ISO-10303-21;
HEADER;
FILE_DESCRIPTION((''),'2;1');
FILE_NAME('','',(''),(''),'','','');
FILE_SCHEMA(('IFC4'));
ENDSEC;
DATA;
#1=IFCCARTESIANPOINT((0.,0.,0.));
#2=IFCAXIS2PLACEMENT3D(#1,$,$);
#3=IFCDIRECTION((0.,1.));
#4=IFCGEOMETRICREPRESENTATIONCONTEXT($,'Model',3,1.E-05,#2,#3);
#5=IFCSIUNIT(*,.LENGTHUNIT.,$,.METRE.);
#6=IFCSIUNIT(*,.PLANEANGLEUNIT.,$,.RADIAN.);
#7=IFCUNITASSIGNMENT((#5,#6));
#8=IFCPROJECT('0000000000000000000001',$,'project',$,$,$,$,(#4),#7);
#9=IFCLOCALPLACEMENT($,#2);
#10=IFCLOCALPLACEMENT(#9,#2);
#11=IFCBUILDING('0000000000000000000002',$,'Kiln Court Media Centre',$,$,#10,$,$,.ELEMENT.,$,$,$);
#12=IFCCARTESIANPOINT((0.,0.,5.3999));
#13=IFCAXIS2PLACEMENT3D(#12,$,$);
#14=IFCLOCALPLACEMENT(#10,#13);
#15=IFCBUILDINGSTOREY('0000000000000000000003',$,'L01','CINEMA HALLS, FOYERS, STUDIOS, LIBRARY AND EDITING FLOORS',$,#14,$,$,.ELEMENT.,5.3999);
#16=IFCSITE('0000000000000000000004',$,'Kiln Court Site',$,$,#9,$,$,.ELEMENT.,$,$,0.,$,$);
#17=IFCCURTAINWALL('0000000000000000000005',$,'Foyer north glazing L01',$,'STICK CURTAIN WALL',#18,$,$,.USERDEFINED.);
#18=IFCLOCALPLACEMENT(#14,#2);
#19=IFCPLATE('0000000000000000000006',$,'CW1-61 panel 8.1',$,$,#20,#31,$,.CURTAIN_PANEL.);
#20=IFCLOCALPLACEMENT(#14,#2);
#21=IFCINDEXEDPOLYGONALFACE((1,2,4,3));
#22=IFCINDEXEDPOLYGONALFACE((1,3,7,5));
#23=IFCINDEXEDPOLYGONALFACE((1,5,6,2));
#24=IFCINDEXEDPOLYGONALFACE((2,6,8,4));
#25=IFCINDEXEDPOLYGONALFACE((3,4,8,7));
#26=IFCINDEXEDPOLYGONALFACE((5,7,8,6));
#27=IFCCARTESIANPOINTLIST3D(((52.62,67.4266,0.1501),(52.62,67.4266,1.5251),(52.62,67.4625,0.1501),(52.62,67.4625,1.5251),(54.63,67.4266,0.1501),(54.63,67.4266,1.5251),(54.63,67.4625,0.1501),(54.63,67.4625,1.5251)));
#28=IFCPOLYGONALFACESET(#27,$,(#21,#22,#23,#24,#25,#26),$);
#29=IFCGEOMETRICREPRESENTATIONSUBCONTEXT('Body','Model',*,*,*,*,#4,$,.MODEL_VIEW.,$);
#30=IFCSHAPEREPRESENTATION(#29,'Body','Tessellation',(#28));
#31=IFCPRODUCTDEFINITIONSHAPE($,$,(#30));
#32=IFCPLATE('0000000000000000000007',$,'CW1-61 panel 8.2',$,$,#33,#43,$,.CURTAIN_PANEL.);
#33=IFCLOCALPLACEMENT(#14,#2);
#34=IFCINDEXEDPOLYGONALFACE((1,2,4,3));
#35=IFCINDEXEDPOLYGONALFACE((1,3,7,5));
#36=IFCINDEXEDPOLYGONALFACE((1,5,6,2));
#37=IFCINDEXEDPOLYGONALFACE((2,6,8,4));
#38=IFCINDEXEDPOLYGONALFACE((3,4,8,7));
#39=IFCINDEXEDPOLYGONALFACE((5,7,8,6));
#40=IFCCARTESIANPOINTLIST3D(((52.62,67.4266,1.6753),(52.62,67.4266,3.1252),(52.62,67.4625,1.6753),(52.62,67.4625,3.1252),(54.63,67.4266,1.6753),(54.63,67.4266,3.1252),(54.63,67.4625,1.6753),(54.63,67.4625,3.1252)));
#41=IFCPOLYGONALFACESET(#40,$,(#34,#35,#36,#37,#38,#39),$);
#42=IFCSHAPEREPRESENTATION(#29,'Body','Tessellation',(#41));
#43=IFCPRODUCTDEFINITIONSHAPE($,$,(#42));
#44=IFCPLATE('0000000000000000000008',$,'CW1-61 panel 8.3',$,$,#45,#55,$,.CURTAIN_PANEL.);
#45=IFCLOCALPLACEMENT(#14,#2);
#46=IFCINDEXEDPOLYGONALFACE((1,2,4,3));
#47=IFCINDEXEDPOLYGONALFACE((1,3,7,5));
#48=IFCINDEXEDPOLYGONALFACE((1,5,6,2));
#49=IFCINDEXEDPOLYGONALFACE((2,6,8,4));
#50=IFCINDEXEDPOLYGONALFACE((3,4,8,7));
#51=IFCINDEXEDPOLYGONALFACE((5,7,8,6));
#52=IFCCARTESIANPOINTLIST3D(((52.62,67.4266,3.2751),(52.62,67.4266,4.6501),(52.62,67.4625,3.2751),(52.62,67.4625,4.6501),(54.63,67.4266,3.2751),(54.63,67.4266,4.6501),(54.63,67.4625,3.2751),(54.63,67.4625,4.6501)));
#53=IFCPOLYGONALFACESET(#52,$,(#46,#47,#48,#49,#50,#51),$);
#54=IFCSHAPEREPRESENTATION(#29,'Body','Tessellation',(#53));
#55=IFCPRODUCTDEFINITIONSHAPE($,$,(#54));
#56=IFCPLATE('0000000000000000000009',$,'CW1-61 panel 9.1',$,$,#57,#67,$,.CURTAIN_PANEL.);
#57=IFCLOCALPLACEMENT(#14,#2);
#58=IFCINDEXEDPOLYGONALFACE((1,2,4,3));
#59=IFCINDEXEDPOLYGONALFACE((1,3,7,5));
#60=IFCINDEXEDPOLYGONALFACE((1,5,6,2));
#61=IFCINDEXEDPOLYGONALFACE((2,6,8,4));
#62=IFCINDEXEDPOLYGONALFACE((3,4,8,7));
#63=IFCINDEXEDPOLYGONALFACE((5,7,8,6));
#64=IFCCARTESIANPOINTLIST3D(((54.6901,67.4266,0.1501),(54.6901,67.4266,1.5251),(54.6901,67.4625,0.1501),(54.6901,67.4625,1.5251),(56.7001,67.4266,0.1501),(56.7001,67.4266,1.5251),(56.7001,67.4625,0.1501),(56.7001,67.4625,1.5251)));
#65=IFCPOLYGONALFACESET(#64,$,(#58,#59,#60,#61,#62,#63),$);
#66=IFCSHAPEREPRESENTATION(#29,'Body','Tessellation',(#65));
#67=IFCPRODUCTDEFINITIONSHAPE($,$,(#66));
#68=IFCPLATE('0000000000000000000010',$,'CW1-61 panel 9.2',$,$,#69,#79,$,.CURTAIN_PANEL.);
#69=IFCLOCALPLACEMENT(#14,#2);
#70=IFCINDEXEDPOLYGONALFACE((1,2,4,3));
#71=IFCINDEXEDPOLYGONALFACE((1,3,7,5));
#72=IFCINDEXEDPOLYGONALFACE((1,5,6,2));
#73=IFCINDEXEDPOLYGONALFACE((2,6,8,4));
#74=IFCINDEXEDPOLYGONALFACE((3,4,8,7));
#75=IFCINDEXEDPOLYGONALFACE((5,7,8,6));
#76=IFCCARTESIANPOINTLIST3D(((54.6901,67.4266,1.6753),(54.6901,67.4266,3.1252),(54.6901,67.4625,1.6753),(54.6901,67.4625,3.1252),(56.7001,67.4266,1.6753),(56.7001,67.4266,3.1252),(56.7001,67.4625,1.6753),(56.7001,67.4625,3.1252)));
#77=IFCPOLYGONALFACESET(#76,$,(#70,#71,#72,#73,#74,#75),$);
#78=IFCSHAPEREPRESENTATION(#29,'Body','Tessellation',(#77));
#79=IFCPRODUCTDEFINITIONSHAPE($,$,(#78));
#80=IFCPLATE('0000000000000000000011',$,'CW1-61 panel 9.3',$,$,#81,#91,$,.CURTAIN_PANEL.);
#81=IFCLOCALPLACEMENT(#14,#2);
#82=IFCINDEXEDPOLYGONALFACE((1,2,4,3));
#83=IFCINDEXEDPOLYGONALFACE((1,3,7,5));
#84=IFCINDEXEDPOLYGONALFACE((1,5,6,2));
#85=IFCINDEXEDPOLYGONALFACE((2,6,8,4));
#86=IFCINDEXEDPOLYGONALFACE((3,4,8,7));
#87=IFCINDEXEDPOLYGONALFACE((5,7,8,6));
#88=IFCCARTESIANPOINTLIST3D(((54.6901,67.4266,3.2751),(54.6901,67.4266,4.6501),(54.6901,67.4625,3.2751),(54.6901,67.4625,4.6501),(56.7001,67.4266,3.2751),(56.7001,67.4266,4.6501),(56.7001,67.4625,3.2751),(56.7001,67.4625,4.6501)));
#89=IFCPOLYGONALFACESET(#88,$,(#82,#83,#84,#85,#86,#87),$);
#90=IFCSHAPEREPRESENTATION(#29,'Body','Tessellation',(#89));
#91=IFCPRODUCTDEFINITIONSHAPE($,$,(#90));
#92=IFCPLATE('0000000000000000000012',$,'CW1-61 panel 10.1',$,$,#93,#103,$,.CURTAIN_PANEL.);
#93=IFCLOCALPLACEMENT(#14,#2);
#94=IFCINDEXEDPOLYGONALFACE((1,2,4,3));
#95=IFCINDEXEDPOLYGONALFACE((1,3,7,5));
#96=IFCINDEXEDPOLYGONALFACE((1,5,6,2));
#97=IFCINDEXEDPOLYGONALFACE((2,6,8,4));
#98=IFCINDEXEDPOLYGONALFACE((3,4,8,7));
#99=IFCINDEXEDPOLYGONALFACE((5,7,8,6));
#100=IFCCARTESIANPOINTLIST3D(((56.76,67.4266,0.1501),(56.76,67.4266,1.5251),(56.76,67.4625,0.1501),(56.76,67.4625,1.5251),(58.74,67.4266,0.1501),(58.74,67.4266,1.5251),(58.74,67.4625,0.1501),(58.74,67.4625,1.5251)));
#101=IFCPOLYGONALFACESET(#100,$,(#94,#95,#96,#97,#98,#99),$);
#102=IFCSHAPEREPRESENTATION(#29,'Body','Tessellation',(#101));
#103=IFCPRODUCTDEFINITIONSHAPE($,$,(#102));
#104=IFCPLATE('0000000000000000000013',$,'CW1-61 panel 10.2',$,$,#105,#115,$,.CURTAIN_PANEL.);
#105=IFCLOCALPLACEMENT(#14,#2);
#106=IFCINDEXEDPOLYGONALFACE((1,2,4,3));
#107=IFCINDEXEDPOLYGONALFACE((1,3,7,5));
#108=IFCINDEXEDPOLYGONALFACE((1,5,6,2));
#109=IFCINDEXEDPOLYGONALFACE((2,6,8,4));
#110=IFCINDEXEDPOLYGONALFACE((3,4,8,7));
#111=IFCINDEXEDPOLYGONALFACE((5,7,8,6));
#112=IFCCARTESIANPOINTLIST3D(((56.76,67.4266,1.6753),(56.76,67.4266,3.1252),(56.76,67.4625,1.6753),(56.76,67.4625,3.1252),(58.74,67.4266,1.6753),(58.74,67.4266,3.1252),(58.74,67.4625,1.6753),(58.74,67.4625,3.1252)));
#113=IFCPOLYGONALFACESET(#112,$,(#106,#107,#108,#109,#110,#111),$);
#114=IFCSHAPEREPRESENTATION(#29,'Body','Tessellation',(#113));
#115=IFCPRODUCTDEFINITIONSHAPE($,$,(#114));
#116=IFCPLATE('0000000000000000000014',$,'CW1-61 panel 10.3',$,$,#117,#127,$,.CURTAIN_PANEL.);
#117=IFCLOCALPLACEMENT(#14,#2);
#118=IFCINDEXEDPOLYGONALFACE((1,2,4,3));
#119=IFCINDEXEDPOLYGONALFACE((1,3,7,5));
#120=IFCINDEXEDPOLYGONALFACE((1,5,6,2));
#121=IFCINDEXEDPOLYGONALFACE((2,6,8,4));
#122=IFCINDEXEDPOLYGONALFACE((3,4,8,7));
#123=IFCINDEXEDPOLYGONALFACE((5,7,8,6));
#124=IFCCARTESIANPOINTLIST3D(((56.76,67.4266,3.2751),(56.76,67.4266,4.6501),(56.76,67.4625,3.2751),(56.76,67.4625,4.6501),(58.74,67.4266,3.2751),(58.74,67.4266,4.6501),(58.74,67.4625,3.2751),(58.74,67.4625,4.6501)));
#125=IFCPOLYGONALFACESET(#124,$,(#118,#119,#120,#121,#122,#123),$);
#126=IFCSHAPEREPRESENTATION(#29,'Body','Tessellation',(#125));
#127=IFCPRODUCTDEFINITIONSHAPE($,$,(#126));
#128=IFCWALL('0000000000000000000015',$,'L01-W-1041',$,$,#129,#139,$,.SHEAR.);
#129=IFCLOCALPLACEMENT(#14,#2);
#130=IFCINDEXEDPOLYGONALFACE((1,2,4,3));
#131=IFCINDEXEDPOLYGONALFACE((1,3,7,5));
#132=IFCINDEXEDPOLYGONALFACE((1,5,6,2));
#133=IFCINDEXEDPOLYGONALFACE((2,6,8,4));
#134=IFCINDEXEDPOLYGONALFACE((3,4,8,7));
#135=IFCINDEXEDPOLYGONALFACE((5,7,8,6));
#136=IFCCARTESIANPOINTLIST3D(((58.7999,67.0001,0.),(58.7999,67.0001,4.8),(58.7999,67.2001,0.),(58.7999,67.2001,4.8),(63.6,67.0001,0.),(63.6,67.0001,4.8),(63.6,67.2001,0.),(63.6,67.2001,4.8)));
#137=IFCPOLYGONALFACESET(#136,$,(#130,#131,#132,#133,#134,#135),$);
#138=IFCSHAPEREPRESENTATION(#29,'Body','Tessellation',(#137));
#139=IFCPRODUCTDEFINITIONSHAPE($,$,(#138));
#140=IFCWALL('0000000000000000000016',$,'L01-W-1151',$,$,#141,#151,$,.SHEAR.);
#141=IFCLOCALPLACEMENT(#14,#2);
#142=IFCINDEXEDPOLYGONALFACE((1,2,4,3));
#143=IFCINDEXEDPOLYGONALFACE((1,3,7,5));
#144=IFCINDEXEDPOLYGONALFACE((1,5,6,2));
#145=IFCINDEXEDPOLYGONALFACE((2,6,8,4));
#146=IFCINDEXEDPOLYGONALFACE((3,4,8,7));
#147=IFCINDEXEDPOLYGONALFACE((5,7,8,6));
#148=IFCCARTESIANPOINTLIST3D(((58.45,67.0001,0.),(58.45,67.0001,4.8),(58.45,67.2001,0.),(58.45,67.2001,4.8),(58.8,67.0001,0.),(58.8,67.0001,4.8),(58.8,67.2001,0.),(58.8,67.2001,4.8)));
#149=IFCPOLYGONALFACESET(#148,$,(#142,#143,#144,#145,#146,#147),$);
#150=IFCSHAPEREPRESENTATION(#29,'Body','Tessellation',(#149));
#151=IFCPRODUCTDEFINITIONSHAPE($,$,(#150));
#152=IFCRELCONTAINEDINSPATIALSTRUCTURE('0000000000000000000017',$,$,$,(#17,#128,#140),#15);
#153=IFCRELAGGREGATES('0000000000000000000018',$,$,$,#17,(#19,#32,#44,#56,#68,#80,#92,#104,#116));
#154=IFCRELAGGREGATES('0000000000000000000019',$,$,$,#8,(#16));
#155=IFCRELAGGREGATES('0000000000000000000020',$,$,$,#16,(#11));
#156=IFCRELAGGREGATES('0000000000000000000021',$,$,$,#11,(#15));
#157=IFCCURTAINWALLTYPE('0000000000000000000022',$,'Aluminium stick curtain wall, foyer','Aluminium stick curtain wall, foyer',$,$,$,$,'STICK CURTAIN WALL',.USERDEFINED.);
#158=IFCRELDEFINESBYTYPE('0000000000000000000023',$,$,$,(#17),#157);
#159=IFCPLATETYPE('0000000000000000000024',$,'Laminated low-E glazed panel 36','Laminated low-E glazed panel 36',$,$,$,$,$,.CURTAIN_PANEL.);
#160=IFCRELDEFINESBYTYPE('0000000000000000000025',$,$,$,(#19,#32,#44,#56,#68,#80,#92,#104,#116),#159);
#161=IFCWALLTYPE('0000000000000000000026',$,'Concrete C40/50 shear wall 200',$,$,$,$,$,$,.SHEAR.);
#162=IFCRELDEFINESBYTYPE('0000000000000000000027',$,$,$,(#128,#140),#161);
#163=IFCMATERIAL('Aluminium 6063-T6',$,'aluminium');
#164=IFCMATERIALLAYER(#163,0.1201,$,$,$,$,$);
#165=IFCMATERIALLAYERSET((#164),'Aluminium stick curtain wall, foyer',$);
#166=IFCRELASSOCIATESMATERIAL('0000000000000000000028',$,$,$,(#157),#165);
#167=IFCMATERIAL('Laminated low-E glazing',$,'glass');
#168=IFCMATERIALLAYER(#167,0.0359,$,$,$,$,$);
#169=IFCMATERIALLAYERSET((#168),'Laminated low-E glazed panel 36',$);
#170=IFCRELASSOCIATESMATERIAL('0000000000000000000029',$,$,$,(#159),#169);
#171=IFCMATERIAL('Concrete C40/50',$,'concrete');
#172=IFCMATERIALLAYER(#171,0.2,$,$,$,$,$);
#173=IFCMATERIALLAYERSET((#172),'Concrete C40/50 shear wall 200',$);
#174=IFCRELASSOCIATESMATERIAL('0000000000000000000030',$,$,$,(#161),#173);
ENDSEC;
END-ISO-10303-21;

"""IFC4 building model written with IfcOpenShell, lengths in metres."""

from ifc_helpers import new_model, si_unit, direction, frame, frame_2d, origin, origin_2d, place, context, subcontext, project, spatial, rectangle, extrude, material, layer, layer_set, type_object, element, aggregate, save


model = new_model("IFC4")

# Units and contexts
model_context = context("Model", 3, precision=1e-05, world=origin(), true_north=direction((0.0, 1.0)))
body_context = subcontext(model_context, "Body", "Model", "MODEL_VIEW")
ifc_project = project(units=[si_unit("LENGTHUNIT", "METRE"), si_unit("PLANEANGLEUNIT", "RADIAN")], contexts=[model_context])

# Site, building, storey
site_placement = place(None, origin())
site = spatial("IfcSite", under=ifc_project, at=site_placement, Name="Kiln Court Site", CompositionType="ELEMENT", RefElevation=0.0)
building_placement = place(site_placement, origin())
building = spatial("IfcBuilding", under=site, at=building_placement, Name="Kiln Court Media Centre", CompositionType="ELEMENT")
storey_placement = place(building_placement, frame((0.0, 0.0, 5.3999)))
storey = spatial("IfcBuildingStorey", under=building, at=storey_placement, Name="L01", Description="CINEMA HALLS, FOYERS, STUDIOS, LIBRARY AND EDITING FLOORS", CompositionType="ELEMENT", Elevation=5.3999)

# Curtain wall, plates
ifc_material_1 = material(Name="Aluminium 6063-T6", Category="aluminium")
ifc_layer_1 = layer(ifc_material_1, 0.1201)
ifc_layer_set_1 = layer_set([ifc_layer_1], Name="Aluminium stick curtain wall, foyer")
curtain_wall_type = type_object("IfcCurtainWallType", Name="Aluminium stick curtain wall, foyer", Description="Aluminium stick curtain wall, foyer", ElementType="STICK CURTAIN WALL", PredefinedType="USERDEFINED", material=ifc_layer_set_1)
curtain_wall_placement = place(storey_placement, origin())
curtain_wall = element("IfcCurtainWall", 1, at=curtain_wall_placement, inside=storey, type_object=curtain_wall_type, Name="Foyer north glazing L01", ObjectType="STICK CURTAIN WALL", PredefinedType="USERDEFINED")
ifc_material_2 = material(Name="Laminated low-E glazing", Category="glass")
ifc_layer_2 = layer(ifc_material_2, 0.0359)
ifc_layer_set_2 = layer_set([ifc_layer_2], Name="Laminated low-E glazed panel 36")
plate_type = type_object("IfcPlateType", Name="Laminated low-E glazed panel 36", Description="Laminated low-E glazed panel 36", PredefinedType="CURTAIN_PANEL", material=ifc_layer_set_2)
plate_1_placement = place(storey_placement, frame((53.625, 67.4446, 0.1501), z_axis=(0.0, 0.0, 1.0), x_axis=(1.0, 0.0, 0.0)))
plate_1 = element("IfcPlate", 2, at=plate_1_placement, type_object=plate_type, Name="CW1-61 panel 8.1", PredefinedType="CURTAIN_PANEL", context=body_context, shape_type="SweptSolid", body=[
    extrude(rectangle(XDim=2.01, YDim=0.0359, at=origin_2d()), origin(), (0.0, 0.0, 1.0), 1.375),
])
plate_2_placement = place(storey_placement, frame((53.625, 67.4446, 1.6753), z_axis=(0.0, 0.0, 1.0), x_axis=(1.0, 0.0, 0.0)))
plate_2 = element("IfcPlate", 3, at=plate_2_placement, type_object=plate_type, Name="CW1-61 panel 8.2", PredefinedType="CURTAIN_PANEL", context=body_context, shape_type="SweptSolid", body=[
    extrude(rectangle(XDim=2.01, YDim=0.0359, at=origin_2d()), origin(), (0.0, 0.0, 1.0), 1.45),
])
plate_3_placement = place(storey_placement, frame((53.625, 67.4446, 3.2751), z_axis=(0.0, 0.0, 1.0), x_axis=(1.0, 0.0, 0.0)))
plate_3 = element("IfcPlate", 4, at=plate_3_placement, type_object=plate_type, Name="CW1-61 panel 8.3", PredefinedType="CURTAIN_PANEL", context=body_context, shape_type="SweptSolid", body=[
    extrude(rectangle(XDim=2.01, YDim=0.0359, at=origin_2d()), origin(), (0.0, 0.0, 1.0), 1.375),
])
plate_4_placement = place(storey_placement, frame((55.6951, 67.4446, 0.1501), z_axis=(0.0, 0.0, 1.0), x_axis=(1.0, 0.0, 0.0)))
plate_4 = element("IfcPlate", 5, at=plate_4_placement, type_object=plate_type, Name="CW1-61 panel 9.1", PredefinedType="CURTAIN_PANEL", context=body_context, shape_type="SweptSolid", body=[
    extrude(rectangle(XDim=2.01, YDim=0.0359, at=origin_2d()), origin(), (0.0, 0.0, 1.0), 1.375),
])
plate_5_placement = place(storey_placement, frame((55.6951, 67.4446, 1.6753), z_axis=(0.0, 0.0, 1.0), x_axis=(1.0, 0.0, 0.0)))
plate_5 = element("IfcPlate", 6, at=plate_5_placement, type_object=plate_type, Name="CW1-61 panel 9.2", PredefinedType="CURTAIN_PANEL", context=body_context, shape_type="SweptSolid", body=[
    extrude(rectangle(XDim=2.01, YDim=0.0359, at=origin_2d()), origin(), (0.0, 0.0, 1.0), 1.45),
])
plate_6_placement = place(storey_placement, frame((55.6951, 67.4446, 3.2751), z_axis=(0.0, 0.0, 1.0), x_axis=(1.0, 0.0, 0.0)))
plate_6 = element("IfcPlate", 7, at=plate_6_placement, type_object=plate_type, Name="CW1-61 panel 9.3", PredefinedType="CURTAIN_PANEL", context=body_context, shape_type="SweptSolid", body=[
    extrude(rectangle(XDim=2.01, YDim=0.0359, at=origin_2d()), origin(), (0.0, 0.0, 1.0), 1.375),
])
plate_7_placement = place(storey_placement, frame((57.75, 67.4446, 0.1501), z_axis=(0.0, 0.0, 1.0), x_axis=(1.0, 0.0, 0.0)))
plate_7 = element("IfcPlate", 8, at=plate_7_placement, type_object=plate_type, Name="CW1-61 panel 10.1", PredefinedType="CURTAIN_PANEL", context=body_context, shape_type="SweptSolid", body=[
    extrude(rectangle(XDim=1.98, YDim=0.0359, at=origin_2d()), origin(), (0.0, 0.0, 1.0), 1.375),
])
plate_8_placement = place(storey_placement, frame((57.75, 67.4446, 1.6753), z_axis=(0.0, 0.0, 1.0), x_axis=(1.0, 0.0, 0.0)))
plate_8 = element("IfcPlate", 9, at=plate_8_placement, type_object=plate_type, Name="CW1-61 panel 10.2", PredefinedType="CURTAIN_PANEL", context=body_context, shape_type="SweptSolid", body=[
    extrude(rectangle(XDim=1.98, YDim=0.0359, at=origin_2d()), origin(), (0.0, 0.0, 1.0), 1.45),
])
plate_9_placement = place(storey_placement, frame((57.75, 67.4446, 3.2751), z_axis=(0.0, 0.0, 1.0), x_axis=(1.0, 0.0, 0.0)))
plate_9 = element("IfcPlate", 10, at=plate_9_placement, type_object=plate_type, Name="CW1-61 panel 10.3", PredefinedType="CURTAIN_PANEL", context=body_context, shape_type="SweptSolid", body=[
    extrude(rectangle(XDim=1.98, YDim=0.0359, at=origin_2d()), origin(), (0.0, 0.0, 1.0), 1.375),
])
aggregate(curtain_wall, [plate_1, plate_2, plate_3, plate_4, plate_5, plate_6, plate_7, plate_8, plate_9])

# Walls
ifc_material_3 = material(Name="Concrete C40/50", Category="concrete")
ifc_layer_3 = layer(ifc_material_3, 0.2)
ifc_layer_set_3 = layer_set([ifc_layer_3], Name="Concrete C40/50 shear wall 200")
wall_type = type_object("IfcWallType", Name="Concrete C40/50 shear wall 200", PredefinedType="SHEAR", material=ifc_layer_set_3)
wall_1_placement = place(storey_placement, frame((58.8, 67.1001, 0.0), z_axis=(0.0, 0.0, 1.0), x_axis=(1.0, 0.0, 0.0)))
element("IfcWall", 11, at=wall_1_placement, inside=storey, type_object=wall_type, Name="L01-W-1041", PredefinedType="SHEAR", context=body_context, shape_type="SweptSolid", body=[
    extrude(rectangle(XDim=4.8, YDim=0.2, at=frame_2d((2.3999, 0.0))), origin(), (0.0, 0.0, 1.0), 4.8),
])
wall_2_placement = place(storey_placement, frame((58.45, 67.1001, 0.0), z_axis=(0.0, 0.0, 1.0), x_axis=(1.0, 0.0, 0.0)))
element("IfcWall", 12, at=wall_2_placement, inside=storey, type_object=wall_type, Name="L01-W-1151", PredefinedType="SHEAR", context=body_context, shape_type="SweptSolid", body=[
    extrude(rectangle(XDim=0.3501, YDim=0.2, at=frame_2d((0.175, 0.0))), origin(), (0.0, 0.0, 1.0), 4.8),
])

save(model, "model.ifc")
